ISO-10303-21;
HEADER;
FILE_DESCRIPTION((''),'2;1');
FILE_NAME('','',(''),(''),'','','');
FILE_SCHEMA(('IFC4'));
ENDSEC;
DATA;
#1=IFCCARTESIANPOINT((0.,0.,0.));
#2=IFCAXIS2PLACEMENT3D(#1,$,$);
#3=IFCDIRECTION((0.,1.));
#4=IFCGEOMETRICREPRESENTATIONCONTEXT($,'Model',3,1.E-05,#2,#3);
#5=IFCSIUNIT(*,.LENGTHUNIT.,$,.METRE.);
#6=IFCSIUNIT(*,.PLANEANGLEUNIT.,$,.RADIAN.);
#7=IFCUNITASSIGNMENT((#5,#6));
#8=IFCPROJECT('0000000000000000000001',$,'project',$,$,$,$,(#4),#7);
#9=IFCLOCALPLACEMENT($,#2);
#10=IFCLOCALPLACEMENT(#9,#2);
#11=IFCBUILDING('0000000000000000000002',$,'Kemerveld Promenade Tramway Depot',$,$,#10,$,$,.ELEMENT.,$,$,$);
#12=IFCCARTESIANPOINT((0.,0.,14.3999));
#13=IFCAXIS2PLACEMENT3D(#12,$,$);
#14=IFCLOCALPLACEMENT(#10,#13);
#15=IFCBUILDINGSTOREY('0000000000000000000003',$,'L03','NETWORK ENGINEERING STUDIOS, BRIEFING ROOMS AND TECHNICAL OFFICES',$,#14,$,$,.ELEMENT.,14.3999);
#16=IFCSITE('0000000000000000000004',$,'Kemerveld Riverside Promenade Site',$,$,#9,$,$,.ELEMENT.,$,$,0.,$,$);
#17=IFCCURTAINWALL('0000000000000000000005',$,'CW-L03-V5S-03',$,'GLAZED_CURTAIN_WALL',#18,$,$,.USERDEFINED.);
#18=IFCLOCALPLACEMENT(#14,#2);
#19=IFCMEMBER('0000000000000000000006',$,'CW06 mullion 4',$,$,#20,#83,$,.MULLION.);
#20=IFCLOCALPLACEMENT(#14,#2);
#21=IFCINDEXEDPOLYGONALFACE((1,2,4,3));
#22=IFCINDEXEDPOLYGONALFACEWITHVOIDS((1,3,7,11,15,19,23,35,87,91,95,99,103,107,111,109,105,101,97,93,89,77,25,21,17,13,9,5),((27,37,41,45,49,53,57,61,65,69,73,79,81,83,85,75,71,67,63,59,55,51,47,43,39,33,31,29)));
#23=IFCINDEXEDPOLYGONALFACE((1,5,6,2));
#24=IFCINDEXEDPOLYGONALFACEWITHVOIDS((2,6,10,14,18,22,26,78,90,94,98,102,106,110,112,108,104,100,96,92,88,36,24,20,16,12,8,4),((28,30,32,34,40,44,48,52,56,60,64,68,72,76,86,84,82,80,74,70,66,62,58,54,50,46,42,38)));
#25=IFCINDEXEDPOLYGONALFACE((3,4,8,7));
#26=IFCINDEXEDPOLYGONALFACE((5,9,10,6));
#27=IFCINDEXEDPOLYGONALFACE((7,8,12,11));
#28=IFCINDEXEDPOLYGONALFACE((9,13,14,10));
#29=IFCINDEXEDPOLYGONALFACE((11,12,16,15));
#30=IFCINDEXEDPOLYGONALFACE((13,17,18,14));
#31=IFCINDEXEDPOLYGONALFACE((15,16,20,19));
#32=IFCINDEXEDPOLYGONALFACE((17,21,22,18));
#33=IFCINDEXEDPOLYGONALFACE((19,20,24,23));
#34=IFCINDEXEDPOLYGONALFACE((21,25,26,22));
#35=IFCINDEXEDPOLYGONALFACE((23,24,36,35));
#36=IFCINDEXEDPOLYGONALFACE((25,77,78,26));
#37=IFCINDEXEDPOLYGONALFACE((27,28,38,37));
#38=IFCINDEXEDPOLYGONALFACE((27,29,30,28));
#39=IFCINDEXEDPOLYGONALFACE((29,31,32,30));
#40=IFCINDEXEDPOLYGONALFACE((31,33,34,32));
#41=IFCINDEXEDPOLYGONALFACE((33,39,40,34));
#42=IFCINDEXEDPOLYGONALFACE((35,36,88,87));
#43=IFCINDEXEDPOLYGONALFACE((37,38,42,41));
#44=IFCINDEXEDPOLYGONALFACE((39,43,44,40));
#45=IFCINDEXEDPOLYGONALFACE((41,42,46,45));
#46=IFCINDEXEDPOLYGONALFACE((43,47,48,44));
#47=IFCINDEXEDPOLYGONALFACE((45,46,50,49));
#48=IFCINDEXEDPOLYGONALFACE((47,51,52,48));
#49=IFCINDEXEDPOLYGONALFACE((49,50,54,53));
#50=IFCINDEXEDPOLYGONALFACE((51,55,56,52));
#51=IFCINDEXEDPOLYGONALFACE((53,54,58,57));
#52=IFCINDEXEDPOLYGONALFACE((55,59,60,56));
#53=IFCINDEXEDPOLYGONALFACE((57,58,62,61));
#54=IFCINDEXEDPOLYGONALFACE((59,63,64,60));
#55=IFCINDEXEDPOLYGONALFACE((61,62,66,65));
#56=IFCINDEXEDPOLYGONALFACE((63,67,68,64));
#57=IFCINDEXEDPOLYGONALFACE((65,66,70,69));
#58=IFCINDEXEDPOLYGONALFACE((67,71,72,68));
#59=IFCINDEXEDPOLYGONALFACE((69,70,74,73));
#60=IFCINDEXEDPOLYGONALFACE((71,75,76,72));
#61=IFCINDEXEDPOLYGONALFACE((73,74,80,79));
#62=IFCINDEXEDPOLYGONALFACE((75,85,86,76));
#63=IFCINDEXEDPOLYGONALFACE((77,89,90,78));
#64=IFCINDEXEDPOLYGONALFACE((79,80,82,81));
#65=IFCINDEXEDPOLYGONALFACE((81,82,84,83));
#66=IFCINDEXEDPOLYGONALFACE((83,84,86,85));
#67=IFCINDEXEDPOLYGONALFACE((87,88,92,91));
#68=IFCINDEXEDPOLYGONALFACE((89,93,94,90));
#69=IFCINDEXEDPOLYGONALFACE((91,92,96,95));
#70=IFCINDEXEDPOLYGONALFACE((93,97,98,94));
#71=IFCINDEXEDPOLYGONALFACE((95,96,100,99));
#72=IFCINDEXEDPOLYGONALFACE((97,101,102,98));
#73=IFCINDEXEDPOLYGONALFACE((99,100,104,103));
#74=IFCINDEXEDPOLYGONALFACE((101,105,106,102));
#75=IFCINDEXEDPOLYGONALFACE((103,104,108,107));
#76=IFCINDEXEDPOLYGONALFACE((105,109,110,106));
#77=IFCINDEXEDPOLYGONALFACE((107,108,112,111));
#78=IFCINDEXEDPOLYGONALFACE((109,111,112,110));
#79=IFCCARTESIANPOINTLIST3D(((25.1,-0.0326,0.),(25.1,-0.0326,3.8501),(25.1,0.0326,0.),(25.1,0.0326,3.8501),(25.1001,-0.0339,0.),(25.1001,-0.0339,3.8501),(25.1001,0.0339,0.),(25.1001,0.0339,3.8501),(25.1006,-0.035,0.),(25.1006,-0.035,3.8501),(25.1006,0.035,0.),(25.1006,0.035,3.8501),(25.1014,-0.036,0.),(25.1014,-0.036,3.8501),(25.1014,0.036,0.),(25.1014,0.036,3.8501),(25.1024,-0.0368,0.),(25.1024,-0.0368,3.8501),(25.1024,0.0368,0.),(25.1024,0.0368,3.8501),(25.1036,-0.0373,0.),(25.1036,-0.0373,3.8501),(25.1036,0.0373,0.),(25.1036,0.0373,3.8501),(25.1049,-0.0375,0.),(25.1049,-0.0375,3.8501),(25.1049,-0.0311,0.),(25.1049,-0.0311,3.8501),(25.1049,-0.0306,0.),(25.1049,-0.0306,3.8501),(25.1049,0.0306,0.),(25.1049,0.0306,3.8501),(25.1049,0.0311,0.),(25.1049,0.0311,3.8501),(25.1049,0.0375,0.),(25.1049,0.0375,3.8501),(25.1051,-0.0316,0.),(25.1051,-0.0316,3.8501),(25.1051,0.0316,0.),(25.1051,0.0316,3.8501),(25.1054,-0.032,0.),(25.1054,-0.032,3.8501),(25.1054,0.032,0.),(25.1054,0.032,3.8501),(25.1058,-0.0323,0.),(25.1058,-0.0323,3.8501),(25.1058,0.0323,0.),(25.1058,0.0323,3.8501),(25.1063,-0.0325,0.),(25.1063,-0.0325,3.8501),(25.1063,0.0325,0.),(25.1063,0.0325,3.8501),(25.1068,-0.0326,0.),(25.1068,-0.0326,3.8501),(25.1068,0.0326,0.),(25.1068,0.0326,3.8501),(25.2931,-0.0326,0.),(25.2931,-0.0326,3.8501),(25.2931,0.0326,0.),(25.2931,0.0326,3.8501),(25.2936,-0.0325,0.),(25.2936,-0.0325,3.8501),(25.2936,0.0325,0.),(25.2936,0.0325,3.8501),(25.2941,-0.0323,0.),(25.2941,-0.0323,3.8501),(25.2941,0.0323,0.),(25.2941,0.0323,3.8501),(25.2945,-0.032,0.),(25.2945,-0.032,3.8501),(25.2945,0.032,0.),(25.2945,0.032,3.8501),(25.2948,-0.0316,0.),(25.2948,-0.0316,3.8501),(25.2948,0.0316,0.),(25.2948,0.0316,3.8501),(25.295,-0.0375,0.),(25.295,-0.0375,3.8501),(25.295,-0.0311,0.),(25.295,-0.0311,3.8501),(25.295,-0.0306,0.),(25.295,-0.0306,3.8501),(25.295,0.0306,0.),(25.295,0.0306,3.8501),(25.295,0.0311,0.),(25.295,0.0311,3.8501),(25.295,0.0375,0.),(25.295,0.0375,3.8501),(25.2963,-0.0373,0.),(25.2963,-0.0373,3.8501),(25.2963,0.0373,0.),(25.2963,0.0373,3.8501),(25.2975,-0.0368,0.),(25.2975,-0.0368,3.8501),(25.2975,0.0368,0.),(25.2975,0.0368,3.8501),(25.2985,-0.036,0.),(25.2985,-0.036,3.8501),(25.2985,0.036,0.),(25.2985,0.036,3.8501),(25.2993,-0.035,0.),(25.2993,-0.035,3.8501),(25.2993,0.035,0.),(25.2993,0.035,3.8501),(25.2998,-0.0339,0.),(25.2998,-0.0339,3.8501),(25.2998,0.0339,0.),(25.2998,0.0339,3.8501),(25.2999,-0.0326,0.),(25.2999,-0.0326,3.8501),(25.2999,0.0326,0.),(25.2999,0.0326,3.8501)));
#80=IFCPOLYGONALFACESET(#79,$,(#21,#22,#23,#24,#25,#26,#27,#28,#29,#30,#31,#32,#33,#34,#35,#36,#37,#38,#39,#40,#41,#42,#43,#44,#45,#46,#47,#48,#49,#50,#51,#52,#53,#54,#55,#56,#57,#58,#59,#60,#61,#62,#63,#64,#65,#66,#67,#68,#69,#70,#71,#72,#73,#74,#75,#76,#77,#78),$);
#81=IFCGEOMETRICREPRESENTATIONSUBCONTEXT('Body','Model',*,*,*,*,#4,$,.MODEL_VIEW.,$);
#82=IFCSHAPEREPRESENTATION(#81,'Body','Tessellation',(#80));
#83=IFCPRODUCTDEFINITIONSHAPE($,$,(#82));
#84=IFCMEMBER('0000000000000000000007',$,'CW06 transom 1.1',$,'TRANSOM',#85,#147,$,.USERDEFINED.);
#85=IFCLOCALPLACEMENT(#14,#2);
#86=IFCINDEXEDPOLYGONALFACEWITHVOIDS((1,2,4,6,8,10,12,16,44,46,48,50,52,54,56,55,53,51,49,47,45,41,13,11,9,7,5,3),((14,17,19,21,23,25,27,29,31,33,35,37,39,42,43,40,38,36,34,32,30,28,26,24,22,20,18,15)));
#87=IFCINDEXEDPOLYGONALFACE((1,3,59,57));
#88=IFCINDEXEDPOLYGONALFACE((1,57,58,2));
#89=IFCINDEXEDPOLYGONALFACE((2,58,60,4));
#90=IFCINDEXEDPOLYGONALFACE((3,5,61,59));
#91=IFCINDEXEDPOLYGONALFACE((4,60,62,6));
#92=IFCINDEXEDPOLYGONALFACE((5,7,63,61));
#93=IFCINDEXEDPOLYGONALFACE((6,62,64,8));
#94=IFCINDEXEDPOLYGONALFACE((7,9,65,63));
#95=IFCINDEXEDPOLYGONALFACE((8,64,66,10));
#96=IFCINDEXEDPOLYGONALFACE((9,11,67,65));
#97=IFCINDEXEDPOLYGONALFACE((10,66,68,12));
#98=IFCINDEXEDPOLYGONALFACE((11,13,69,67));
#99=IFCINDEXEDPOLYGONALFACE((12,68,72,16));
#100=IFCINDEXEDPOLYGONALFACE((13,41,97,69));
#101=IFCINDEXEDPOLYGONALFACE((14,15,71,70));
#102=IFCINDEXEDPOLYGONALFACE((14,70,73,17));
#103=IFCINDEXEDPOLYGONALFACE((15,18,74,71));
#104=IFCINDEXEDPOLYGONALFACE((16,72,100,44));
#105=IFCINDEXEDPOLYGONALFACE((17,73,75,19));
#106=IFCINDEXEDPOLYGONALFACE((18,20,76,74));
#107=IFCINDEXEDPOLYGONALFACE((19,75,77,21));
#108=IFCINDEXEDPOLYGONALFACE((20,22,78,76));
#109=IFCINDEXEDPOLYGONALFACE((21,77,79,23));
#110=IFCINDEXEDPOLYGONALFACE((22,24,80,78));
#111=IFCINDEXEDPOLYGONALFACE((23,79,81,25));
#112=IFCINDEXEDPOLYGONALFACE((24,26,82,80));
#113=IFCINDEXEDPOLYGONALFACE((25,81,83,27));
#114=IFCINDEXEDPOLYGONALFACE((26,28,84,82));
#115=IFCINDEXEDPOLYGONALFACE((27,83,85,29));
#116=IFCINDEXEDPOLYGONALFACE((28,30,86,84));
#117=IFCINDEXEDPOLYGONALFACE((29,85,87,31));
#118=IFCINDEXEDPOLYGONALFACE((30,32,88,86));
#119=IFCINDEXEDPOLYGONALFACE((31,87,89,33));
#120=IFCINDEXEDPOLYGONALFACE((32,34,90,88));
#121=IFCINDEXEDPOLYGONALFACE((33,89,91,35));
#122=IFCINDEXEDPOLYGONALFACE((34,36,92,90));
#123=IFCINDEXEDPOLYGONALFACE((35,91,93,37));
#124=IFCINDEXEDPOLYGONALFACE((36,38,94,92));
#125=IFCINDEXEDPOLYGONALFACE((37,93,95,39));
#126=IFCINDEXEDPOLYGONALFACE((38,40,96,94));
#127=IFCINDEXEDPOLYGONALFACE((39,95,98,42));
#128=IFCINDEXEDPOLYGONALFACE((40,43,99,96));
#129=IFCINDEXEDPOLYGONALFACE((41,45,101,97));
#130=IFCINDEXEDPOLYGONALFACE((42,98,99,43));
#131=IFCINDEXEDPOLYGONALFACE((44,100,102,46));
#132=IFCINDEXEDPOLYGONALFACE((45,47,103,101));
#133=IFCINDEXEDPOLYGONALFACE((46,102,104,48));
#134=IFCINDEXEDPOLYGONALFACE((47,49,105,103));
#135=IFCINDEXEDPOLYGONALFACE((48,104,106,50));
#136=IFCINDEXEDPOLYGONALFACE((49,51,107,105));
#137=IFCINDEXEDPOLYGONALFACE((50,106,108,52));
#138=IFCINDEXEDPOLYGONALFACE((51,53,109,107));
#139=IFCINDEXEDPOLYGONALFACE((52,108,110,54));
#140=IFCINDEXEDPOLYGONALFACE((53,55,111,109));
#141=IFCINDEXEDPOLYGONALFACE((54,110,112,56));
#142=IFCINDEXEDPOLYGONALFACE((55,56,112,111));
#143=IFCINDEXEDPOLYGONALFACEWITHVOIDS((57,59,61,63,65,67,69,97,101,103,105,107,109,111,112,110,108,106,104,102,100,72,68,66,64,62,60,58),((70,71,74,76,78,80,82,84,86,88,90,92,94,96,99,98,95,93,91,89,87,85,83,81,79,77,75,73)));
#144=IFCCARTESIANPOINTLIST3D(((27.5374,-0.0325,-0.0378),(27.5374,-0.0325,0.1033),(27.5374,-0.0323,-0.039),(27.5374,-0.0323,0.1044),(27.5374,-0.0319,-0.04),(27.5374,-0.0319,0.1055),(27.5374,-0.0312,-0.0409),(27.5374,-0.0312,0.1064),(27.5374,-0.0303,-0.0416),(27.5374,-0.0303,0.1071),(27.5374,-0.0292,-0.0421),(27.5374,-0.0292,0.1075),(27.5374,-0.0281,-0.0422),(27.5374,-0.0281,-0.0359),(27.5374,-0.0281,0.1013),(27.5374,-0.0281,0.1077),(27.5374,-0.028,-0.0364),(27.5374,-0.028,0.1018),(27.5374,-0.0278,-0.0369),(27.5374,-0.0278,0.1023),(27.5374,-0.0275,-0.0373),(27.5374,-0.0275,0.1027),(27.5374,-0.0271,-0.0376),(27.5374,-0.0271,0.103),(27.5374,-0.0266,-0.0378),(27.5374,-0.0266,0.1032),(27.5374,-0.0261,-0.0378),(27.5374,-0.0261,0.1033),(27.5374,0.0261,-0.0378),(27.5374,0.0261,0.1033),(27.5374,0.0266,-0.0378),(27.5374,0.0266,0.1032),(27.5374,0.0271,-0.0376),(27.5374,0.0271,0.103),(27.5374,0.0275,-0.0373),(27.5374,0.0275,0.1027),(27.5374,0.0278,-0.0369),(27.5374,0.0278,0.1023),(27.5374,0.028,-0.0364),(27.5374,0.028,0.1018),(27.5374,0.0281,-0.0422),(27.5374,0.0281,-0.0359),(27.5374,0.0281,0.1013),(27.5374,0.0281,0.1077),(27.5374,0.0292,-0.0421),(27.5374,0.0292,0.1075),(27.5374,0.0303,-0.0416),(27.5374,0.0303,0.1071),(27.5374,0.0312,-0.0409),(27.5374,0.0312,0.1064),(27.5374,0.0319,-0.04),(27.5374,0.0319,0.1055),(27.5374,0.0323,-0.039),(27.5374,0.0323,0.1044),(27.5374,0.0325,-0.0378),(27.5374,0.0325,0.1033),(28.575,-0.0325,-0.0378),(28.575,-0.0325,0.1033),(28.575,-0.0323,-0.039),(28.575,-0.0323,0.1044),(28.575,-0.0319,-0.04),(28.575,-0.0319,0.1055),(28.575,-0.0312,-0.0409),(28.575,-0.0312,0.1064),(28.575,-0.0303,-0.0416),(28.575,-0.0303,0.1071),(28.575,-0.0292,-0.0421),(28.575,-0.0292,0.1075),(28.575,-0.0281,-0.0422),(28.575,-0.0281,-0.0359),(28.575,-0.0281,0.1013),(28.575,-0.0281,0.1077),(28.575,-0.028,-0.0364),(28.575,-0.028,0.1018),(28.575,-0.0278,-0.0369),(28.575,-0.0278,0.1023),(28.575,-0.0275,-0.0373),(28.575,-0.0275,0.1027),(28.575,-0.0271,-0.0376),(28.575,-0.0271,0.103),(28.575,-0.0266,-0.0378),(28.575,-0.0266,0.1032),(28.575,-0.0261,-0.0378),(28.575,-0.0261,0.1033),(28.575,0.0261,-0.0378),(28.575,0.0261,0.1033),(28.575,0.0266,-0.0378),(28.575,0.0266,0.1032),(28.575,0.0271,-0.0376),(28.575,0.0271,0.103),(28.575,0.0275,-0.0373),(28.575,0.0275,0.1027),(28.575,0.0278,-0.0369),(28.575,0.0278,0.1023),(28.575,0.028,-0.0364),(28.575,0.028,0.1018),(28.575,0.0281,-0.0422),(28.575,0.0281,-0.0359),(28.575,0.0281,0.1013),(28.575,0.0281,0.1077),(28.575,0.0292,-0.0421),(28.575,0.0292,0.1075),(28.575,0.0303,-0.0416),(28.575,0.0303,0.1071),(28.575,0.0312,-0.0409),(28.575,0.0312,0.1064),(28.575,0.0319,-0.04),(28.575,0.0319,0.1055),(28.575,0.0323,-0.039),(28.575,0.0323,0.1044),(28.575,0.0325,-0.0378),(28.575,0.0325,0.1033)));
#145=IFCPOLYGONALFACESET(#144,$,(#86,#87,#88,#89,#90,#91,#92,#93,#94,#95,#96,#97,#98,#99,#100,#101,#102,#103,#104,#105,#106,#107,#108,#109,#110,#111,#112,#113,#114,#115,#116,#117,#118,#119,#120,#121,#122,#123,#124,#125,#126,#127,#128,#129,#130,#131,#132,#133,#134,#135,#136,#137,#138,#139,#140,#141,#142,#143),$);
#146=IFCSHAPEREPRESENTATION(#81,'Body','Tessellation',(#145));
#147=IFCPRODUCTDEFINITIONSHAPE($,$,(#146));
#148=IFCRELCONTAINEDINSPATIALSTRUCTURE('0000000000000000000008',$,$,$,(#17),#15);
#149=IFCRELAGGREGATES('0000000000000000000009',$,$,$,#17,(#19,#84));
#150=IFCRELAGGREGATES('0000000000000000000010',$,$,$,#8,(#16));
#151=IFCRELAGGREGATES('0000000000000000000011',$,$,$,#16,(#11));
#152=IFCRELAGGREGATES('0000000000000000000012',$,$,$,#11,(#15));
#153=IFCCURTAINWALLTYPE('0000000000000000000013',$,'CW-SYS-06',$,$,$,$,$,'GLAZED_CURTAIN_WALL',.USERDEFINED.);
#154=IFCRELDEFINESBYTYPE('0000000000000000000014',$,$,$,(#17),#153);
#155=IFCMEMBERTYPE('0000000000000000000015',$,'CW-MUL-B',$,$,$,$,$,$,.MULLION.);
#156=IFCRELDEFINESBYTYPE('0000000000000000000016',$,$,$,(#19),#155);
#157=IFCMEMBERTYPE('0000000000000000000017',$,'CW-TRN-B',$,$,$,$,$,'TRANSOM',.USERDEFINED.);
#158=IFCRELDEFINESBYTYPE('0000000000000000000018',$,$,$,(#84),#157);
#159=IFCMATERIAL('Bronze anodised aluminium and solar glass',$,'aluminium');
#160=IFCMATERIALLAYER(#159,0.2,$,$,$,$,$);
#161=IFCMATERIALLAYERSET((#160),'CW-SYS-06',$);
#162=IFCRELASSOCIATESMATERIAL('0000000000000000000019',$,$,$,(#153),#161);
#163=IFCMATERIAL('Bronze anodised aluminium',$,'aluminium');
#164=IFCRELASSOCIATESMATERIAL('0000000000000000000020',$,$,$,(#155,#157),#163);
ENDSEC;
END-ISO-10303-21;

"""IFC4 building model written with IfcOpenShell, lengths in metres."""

from ifc_helpers import new_model, si_unit, direction, frame, origin, origin_2d, place, context, subcontext, project, spatial, hollow_rectangle, extrude, material, layer, layer_set, material_profile, profile_set, type_object, element, aggregate, save


model = new_model("IFC4")

# Units and contexts
model_context = context("Model", 3, precision=1e-05, world=origin(), true_north=direction((0.0, 1.0)))
body_context = subcontext(model_context, "Body", "Model", "MODEL_VIEW")
ifc_project = project(units=[si_unit("LENGTHUNIT", "METRE"), si_unit("PLANEANGLEUNIT", "RADIAN")], contexts=[model_context])

# Site, building, storey
site_placement = place(None, origin())
site = spatial("IfcSite", under=ifc_project, at=site_placement, Name="Kemerveld Riverside Promenade Site", CompositionType="ELEMENT", RefElevation=0.0)
building_placement = place(site_placement, origin())
building = spatial("IfcBuilding", under=site, at=building_placement, Name="Kemerveld Promenade Tramway Depot", CompositionType="ELEMENT")
storey_placement = place(building_placement, frame((0.0, 0.0, 14.3999)))
storey = spatial("IfcBuildingStorey", under=building, at=storey_placement, Name="L03", Description="NETWORK ENGINEERING STUDIOS, BRIEFING ROOMS AND TECHNICAL OFFICES", CompositionType="ELEMENT", Elevation=14.3999)

# Curtain wall, members
ifc_material_1 = material(Name="Bronze anodised aluminium and solar glass", Category="aluminium")
ifc_layer_1 = layer(ifc_material_1, 0.2)
ifc_layer_set_1 = layer_set([ifc_layer_1], Name="CW-SYS-06")
curtain_wall_type = type_object("IfcCurtainWallType", Name="CW-SYS-06", ElementType="GLAZED_CURTAIN_WALL", PredefinedType="USERDEFINED", material=ifc_layer_set_1)
curtain_wall_placement = place(storey_placement, origin())
curtain_wall = element("IfcCurtainWall", 1, at=curtain_wall_placement, inside=storey, type_object=curtain_wall_type, Name="CW-L03-V5S-03", ObjectType="GLAZED_CURTAIN_WALL", PredefinedType="USERDEFINED")
ifc_material_2 = material(Name="Bronze anodised aluminium", Category="aluminium")
ifc_material_profile_1 = material_profile(ifc_material_2, hollow_rectangle(XDim=0.075, YDim=0.2, WallThickness=0.0049, InnerFilletRadius=0.002, OuterFilletRadius=0.0049, at=origin_2d()), Name="CW-MUL-200x75")
ifc_profile_set_1 = profile_set([ifc_material_profile_1], Name="Bronze anodised aluminium")
member_type_1 = type_object("IfcMemberType", Name="CW-MUL-B", PredefinedType="MULLION", material=ifc_profile_set_1)
member_1_placement = place(storey_placement, frame((25.2, 0.0, 0.0), z_axis=(0.0, 0.0, 1.0), x_axis=(0.0, -1.0, 0.0)))
member_1 = element("IfcMember", 2, at=member_1_placement, type_object=member_type_1, Name="CW06 mullion 4", PredefinedType="MULLION", context=body_context, shape_type="SweptSolid", body=[
    extrude(hollow_rectangle(XDim=0.075, YDim=0.2, WallThickness=0.0049, InnerFilletRadius=0.002, OuterFilletRadius=0.0049, at=origin_2d()), origin(), (0.0, 0.0, 1.0), 3.8501),
])
ifc_material_profile_2 = material_profile(ifc_material_2, hollow_rectangle(XDim=0.0649, YDim=0.1499, WallThickness=0.0044, InnerFilletRadius=0.002, OuterFilletRadius=0.0044, at=origin_2d()), Name="CW-TRN-150x65")
ifc_profile_set_2 = profile_set([ifc_material_profile_2], Name="Bronze anodised aluminium")
member_type_2 = type_object("IfcMemberType", Name="CW-TRN-B", ElementType="TRANSOM", PredefinedType="USERDEFINED", material=ifc_profile_set_2)
member_2_placement = place(storey_placement, frame((28.575, 0.0, 0.0327), z_axis=(-1.0, 0.0, 0.0), x_axis=(0.0, -1.0, 0.0)))
member_2 = element("IfcMember", 3, at=member_2_placement, type_object=member_type_2, Name="CW06 transom 1.1", ObjectType="TRANSOM", PredefinedType="USERDEFINED", context=body_context, shape_type="SweptSolid", body=[
    extrude(hollow_rectangle(XDim=0.0649, YDim=0.1499, WallThickness=0.0044, InnerFilletRadius=0.002, OuterFilletRadius=0.0044, at=origin_2d()), origin(), (0.0, 0.0, 1.0), 1.0376),
])
aggregate(curtain_wall, [member_1, member_2])

save(model, "model.ifc")
